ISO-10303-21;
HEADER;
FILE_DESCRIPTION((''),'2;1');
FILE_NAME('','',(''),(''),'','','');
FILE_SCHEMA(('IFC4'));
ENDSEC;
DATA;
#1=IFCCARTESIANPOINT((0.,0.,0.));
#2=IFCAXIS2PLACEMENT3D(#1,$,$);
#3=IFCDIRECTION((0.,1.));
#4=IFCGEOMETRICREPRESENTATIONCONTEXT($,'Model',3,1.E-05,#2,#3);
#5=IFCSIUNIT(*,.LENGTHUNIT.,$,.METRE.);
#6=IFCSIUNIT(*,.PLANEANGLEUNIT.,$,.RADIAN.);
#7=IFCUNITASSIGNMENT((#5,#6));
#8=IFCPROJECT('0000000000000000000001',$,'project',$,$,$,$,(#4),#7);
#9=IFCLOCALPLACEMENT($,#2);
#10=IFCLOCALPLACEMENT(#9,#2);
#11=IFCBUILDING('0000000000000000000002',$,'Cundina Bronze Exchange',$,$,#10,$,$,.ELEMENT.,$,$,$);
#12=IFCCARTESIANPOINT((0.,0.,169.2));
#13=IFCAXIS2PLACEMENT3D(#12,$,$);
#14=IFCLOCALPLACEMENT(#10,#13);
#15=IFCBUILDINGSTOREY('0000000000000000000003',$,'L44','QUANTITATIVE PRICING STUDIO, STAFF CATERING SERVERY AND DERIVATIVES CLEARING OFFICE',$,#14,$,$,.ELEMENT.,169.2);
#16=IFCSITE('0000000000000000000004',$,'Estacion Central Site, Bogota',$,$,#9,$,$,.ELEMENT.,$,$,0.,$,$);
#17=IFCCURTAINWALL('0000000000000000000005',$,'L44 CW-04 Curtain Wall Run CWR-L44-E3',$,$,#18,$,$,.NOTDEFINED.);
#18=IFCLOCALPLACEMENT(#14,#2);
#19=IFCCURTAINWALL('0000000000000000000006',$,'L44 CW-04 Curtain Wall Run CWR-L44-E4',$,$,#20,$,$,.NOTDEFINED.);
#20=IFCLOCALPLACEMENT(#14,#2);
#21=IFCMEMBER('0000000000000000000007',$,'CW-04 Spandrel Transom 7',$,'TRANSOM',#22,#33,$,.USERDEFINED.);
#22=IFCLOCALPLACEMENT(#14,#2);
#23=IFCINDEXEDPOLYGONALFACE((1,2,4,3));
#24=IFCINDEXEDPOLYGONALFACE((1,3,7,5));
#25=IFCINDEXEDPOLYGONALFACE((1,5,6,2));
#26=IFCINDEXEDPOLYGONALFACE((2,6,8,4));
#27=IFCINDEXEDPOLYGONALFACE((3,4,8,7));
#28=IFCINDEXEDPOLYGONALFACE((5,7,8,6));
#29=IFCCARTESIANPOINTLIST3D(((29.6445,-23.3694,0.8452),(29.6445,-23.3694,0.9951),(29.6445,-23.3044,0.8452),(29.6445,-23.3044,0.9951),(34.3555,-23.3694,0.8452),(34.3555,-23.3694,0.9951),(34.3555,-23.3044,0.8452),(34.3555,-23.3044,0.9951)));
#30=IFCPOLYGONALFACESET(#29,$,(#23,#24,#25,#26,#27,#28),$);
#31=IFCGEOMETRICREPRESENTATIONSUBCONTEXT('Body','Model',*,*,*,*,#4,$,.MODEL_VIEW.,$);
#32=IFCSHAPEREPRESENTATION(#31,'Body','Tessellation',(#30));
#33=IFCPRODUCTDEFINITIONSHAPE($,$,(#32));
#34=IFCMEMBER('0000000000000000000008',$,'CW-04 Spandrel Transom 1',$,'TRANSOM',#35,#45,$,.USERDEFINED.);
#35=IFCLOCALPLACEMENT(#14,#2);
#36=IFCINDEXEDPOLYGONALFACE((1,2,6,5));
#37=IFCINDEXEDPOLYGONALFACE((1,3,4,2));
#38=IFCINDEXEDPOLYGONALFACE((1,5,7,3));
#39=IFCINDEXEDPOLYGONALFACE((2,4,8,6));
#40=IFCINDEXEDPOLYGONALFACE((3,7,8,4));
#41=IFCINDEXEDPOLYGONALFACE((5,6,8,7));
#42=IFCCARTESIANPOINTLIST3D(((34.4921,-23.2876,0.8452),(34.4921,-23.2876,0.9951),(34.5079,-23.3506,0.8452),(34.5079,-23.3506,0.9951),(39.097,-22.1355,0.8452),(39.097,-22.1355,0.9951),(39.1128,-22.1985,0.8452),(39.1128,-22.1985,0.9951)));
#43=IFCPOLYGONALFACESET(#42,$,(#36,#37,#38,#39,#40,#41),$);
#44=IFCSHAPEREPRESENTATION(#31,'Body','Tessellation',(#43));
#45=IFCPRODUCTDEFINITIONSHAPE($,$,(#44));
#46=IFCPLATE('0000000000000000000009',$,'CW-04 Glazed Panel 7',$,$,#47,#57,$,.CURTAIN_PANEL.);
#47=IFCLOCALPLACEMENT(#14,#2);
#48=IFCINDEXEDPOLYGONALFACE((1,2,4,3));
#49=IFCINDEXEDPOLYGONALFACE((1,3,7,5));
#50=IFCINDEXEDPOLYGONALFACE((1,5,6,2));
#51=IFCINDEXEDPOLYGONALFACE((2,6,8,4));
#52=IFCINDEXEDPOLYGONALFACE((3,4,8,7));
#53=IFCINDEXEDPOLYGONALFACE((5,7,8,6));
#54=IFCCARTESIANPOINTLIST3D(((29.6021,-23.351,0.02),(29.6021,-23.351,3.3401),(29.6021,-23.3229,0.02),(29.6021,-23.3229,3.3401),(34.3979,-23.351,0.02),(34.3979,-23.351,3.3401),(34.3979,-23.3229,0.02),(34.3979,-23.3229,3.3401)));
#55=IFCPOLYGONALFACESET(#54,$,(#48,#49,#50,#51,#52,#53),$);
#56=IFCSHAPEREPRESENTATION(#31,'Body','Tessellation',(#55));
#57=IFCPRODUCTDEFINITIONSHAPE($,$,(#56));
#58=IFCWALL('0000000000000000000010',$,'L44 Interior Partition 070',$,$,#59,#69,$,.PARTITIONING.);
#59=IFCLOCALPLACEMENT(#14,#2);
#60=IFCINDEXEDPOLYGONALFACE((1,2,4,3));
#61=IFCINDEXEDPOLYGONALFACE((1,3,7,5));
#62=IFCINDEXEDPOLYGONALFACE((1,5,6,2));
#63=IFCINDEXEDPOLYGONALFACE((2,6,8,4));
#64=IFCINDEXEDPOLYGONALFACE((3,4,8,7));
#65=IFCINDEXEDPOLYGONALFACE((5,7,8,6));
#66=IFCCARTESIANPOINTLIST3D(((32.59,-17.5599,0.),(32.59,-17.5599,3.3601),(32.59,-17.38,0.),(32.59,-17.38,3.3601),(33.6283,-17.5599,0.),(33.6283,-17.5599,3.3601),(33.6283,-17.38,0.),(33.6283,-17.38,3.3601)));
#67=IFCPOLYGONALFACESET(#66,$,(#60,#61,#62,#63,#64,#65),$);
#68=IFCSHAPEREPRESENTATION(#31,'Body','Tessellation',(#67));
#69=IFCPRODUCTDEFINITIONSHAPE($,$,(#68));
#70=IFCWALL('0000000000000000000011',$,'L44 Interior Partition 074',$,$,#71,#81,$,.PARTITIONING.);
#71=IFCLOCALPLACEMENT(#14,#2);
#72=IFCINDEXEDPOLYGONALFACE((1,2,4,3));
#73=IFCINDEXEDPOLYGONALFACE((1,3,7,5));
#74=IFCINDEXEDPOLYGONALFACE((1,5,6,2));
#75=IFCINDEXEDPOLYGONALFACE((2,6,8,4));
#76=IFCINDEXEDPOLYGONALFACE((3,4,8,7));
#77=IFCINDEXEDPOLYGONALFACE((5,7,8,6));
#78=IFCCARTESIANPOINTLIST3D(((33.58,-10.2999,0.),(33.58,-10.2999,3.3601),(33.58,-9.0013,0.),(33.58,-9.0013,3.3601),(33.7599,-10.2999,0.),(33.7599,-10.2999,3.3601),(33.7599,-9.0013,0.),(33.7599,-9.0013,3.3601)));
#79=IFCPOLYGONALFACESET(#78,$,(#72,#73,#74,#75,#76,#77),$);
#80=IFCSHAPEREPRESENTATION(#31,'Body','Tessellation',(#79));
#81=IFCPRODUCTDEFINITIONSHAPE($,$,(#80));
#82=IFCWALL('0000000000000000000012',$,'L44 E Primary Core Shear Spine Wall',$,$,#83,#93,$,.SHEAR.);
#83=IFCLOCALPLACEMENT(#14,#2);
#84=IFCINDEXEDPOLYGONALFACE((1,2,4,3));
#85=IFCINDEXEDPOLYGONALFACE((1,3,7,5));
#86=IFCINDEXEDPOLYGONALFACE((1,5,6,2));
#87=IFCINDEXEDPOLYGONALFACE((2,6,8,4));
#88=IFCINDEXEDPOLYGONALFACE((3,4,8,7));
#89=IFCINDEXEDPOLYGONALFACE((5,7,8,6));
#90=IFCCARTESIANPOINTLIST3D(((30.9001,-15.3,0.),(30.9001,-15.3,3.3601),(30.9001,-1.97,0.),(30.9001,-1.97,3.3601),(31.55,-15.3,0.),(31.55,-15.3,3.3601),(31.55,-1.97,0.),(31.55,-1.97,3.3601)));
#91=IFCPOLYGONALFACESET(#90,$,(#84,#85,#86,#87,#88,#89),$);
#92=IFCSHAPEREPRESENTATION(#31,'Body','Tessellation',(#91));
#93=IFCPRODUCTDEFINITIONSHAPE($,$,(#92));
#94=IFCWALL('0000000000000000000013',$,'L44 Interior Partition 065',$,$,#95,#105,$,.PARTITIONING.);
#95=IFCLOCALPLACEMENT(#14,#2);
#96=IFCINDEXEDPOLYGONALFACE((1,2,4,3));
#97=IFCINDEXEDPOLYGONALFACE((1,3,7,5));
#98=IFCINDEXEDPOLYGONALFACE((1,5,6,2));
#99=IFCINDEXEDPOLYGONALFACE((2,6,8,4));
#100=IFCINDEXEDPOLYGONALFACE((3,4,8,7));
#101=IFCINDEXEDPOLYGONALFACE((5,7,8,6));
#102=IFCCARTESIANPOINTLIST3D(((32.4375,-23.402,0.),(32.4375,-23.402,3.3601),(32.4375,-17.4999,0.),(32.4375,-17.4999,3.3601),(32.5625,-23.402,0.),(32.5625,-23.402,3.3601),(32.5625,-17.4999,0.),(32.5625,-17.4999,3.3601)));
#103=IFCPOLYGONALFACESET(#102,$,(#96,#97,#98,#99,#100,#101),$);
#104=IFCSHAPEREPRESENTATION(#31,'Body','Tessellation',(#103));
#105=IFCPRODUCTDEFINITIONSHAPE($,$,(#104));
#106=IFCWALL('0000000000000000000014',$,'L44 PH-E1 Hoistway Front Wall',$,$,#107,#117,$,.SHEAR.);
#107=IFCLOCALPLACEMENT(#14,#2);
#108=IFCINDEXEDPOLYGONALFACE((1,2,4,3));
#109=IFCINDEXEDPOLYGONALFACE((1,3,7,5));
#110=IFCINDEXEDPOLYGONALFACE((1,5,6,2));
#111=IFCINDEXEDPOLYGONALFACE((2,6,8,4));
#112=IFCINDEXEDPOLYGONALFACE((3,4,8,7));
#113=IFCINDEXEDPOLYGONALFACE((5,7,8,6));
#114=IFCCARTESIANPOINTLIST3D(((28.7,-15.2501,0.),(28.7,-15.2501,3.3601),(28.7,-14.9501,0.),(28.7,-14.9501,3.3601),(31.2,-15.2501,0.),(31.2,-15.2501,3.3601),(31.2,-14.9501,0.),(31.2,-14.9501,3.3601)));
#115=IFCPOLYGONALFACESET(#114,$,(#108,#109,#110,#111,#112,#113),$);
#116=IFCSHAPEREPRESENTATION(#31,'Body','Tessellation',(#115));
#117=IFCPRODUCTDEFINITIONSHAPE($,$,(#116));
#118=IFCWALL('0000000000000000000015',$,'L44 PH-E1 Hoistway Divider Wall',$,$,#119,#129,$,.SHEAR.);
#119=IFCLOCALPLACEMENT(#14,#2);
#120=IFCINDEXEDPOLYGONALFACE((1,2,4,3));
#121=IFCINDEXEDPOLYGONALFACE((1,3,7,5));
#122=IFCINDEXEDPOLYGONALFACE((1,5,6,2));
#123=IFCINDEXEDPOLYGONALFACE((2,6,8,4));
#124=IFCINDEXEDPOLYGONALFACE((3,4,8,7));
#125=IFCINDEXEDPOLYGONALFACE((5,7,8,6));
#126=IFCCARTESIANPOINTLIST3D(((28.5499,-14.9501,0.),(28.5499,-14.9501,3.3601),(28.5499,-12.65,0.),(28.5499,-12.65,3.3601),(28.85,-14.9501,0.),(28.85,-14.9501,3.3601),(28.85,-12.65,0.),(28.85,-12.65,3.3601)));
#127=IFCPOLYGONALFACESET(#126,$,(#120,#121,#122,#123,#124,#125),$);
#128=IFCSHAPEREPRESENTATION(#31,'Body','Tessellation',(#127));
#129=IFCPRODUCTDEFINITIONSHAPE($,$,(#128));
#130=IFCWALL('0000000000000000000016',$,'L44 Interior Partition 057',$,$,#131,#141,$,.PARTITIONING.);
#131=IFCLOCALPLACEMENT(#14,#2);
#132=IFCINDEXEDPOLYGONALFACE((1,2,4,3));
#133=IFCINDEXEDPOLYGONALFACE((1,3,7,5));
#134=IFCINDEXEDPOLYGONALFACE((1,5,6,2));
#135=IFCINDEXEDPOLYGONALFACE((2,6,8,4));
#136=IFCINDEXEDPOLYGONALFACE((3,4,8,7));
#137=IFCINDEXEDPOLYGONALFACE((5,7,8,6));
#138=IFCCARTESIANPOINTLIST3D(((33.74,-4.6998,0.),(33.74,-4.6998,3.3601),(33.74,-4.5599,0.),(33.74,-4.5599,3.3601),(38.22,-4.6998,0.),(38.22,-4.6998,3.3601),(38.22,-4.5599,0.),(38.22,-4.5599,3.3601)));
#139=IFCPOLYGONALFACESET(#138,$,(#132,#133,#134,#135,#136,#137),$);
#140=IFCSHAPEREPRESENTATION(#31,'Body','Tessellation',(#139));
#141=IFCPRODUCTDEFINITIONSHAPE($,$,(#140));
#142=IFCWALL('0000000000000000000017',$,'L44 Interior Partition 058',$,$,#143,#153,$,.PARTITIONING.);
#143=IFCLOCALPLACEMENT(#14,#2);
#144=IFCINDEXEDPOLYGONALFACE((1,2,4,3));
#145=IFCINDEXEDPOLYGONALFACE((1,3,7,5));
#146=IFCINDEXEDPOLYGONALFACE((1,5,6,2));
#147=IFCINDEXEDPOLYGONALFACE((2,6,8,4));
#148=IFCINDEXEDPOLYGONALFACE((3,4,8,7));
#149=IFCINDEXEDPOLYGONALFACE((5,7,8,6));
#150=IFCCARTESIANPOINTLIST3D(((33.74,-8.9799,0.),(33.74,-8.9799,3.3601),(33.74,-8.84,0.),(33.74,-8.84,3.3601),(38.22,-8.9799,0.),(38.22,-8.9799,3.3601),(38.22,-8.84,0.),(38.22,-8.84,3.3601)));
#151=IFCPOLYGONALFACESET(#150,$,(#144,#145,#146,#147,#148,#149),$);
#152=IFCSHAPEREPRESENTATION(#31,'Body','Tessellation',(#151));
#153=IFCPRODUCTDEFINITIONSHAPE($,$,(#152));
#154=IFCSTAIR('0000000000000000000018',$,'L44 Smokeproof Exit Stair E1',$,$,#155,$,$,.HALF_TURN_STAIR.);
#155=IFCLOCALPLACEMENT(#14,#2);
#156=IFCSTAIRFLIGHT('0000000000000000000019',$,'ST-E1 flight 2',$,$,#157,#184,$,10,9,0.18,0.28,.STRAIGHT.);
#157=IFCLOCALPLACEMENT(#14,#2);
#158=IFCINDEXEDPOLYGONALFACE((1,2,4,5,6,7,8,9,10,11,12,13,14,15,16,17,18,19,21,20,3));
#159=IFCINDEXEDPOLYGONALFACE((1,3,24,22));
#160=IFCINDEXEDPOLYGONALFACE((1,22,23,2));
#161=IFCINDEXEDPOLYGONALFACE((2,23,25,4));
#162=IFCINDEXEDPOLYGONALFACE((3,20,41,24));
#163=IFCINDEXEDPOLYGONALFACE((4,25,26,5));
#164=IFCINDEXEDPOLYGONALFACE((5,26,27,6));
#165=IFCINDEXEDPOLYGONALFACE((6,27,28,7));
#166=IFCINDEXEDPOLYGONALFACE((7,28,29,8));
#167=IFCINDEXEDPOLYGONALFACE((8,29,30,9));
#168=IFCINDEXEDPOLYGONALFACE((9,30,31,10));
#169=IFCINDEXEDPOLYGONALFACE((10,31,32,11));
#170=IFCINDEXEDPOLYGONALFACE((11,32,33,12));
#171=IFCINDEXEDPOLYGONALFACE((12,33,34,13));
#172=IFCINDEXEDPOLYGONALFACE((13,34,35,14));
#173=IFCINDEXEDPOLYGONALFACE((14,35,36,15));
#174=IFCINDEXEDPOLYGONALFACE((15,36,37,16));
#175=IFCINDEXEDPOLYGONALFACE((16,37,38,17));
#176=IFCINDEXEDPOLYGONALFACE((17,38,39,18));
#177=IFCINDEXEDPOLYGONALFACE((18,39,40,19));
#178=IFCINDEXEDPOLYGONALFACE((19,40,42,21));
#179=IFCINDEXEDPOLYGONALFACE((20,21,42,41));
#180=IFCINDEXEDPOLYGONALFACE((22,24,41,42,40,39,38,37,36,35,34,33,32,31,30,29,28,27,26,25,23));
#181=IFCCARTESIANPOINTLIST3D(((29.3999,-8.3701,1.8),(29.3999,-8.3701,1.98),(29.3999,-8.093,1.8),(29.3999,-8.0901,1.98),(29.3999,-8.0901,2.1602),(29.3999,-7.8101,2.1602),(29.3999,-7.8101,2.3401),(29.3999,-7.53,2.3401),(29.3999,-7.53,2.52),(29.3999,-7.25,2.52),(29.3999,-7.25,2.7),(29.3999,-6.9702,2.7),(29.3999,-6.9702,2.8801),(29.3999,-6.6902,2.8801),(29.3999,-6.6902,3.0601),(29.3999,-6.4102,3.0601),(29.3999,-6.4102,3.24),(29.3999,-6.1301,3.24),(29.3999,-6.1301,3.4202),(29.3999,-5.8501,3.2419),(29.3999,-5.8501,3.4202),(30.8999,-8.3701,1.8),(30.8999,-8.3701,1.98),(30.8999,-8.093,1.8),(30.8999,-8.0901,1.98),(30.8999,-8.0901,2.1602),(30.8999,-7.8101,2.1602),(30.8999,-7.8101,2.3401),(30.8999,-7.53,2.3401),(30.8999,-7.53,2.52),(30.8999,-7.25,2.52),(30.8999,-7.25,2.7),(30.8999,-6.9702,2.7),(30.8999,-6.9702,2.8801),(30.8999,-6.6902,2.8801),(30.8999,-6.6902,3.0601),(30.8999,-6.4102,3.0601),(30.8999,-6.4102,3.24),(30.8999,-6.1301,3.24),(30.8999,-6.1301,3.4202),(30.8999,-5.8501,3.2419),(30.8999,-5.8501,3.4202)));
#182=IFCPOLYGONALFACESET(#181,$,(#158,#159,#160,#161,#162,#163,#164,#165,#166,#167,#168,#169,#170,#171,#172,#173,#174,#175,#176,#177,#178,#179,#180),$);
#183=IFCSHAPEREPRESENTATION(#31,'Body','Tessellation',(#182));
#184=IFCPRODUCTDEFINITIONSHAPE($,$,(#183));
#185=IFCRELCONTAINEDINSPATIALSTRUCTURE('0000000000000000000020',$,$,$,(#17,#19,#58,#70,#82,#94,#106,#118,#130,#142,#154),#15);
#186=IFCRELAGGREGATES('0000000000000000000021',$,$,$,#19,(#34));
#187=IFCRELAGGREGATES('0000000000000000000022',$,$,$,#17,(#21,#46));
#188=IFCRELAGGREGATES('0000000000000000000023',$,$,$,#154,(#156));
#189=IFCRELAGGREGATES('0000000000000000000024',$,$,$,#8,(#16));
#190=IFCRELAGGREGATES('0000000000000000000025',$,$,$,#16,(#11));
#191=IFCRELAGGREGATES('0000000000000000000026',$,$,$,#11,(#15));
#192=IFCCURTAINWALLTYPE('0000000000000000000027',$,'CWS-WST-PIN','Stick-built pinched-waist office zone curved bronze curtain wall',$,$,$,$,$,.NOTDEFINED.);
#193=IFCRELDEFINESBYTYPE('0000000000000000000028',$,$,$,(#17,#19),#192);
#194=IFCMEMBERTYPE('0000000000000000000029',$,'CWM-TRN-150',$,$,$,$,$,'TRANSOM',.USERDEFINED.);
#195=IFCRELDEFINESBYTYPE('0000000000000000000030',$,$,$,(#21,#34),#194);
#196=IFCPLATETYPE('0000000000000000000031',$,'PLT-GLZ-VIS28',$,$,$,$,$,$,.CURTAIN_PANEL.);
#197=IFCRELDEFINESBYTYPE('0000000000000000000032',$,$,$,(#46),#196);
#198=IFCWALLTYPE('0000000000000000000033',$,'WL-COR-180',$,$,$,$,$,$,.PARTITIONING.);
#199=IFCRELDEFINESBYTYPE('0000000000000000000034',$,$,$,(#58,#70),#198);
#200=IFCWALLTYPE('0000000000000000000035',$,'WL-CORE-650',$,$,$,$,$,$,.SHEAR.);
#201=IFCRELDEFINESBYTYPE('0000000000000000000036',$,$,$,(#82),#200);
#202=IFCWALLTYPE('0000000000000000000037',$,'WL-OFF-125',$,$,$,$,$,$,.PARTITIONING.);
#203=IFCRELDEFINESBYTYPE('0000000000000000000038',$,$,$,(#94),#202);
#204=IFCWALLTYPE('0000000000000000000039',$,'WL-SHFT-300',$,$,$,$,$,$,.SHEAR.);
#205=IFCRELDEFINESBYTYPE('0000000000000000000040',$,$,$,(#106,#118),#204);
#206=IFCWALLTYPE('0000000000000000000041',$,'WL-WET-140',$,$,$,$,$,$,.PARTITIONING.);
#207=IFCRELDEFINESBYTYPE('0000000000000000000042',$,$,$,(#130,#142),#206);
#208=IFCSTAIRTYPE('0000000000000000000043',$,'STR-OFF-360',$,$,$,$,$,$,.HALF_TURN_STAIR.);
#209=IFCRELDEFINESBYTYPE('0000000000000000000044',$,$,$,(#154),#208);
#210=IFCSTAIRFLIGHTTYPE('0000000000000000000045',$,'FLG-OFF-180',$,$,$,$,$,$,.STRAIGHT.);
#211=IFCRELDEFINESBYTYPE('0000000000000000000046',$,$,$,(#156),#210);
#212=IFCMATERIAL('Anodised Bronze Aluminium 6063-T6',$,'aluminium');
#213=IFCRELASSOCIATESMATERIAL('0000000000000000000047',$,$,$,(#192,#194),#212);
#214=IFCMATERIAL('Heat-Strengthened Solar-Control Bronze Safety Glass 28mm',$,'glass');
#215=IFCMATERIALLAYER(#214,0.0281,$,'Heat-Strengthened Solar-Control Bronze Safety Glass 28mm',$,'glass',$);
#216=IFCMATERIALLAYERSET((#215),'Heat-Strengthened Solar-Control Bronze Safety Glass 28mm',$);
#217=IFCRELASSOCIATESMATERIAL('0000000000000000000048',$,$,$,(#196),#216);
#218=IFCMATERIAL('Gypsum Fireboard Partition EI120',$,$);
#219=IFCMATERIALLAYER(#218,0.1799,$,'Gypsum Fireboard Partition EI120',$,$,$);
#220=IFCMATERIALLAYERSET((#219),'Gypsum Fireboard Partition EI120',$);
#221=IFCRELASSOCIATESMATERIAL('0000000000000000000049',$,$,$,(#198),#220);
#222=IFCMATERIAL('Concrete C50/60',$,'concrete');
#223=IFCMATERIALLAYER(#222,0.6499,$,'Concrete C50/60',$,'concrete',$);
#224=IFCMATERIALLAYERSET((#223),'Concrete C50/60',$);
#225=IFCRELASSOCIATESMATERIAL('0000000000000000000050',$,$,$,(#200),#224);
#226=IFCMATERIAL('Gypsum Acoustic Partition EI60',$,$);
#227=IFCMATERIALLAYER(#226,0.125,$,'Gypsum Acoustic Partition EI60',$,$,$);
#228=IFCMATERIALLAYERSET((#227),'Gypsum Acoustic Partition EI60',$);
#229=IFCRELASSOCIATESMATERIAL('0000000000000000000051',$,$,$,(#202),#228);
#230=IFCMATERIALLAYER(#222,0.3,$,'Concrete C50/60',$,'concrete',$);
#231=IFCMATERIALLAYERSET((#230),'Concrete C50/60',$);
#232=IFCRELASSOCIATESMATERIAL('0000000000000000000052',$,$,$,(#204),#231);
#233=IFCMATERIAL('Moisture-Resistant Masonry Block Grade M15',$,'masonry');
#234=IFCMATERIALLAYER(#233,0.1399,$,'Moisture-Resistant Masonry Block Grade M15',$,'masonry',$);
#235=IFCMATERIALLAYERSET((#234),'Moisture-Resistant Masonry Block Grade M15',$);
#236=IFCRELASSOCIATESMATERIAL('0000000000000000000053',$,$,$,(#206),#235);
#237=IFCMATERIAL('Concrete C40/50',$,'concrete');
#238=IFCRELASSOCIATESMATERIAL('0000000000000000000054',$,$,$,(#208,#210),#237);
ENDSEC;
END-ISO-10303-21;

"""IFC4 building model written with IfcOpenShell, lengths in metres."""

from ifc_helpers import new_model, si_unit, direction, frame, frame_2d, origin, origin_2d, place, context, subcontext, project, spatial, polyline, rectangle, outline, extrude, material, layer, layer_set, material_profile, profile_set, type_object, element, aggregate, save


model = new_model("IFC4")

# Units and contexts
model_context = context("Model", 3, precision=1e-05, world=origin(), true_north=direction((0.0, 1.0)))
body_context = subcontext(model_context, "Body", "Model", "MODEL_VIEW")
ifc_project = project(units=[si_unit("LENGTHUNIT", "METRE"), si_unit("PLANEANGLEUNIT", "RADIAN")], contexts=[model_context])

# Site, building, storey
site_placement = place(None, origin())
site = spatial("IfcSite", under=ifc_project, at=site_placement, Name="Estacion Central Site, Bogota", CompositionType="ELEMENT", RefElevation=0.0)
building_placement = place(site_placement, origin())
building = spatial("IfcBuilding", under=site, at=building_placement, Name="Cundina Bronze Exchange", CompositionType="ELEMENT")
storey_placement = place(building_placement, frame((0.0, 0.0, 169.2)))
storey = spatial("IfcBuildingStorey", under=building, at=storey_placement, Name="L44", Description="QUANTITATIVE PRICING STUDIO, STAFF CATERING SERVERY AND DERIVATIVES CLEARING OFFICE", CompositionType="ELEMENT", Elevation=169.2)

# Shared definitions
ifc_material_1 = material(Name="Concrete C50/60", Category="concrete")

# Curtain wall
ifc_material_2 = material(Name="Anodised Bronze Aluminium 6063-T6", Category="aluminium")
curtain_wall_type = type_object("IfcCurtainWallType", Name="CWS-WST-PIN", Description="Stick-built pinched-waist office zone curved bronze curtain wall", PredefinedType="NOTDEFINED", material=ifc_material_2)
curtain_wall_1_placement = place(storey_placement, origin())
curtain_wall_1 = element("IfcCurtainWall", 1, at=curtain_wall_1_placement, inside=storey, type_object=curtain_wall_type, Name="L44 CW-04 Curtain Wall Run CWR-L44-E3", PredefinedType="NOTDEFINED")

# Curtain wall
curtain_wall_2_placement = place(storey_placement, origin())
curtain_wall_2 = element("IfcCurtainWall", 2, at=curtain_wall_2_placement, inside=storey, type_object=curtain_wall_type, Name="L44 CW-04 Curtain Wall Run CWR-L44-E4", PredefinedType="NOTDEFINED")

# Members
ifc_material_profile_1 = material_profile(ifc_material_2, rectangle(XDim=0.0649, YDim=0.1499, at=origin_2d()), Name="AL65X150", Category="aluminium")
ifc_profile_set_1 = profile_set([ifc_material_profile_1], Name="Anodised Bronze Aluminium 6063-T6")
member_type_1 = type_object("IfcMemberType", Name="CWM-TRN-150", ElementType="TRANSOM", PredefinedType="USERDEFINED", material=ifc_profile_set_1)
member_1_placement = place(storey_placement, frame((29.6445, -23.3369, 0.9202), z_axis=(1.0, 0.0, 0.0), x_axis=(0.0, 1.0, 0.0)))
member_1 = element("IfcMember", 3, at=member_1_placement, type_object=member_type_1, Name="CW-04 Spandrel Transom 7", ObjectType="TRANSOM", PredefinedType="USERDEFINED", context=body_context, shape_type="SweptSolid", body=[
    extrude(rectangle(XDim=0.0649, YDim=0.1499, at=origin_2d()), origin(), (0.0, 0.0, 1.0), 4.7109),
])
member_2_placement = place(storey_placement, frame((34.5, -23.3191, 0.9202), z_axis=(0.9701, 0.242705, 0.0), x_axis=(-0.242705, 0.9701, 0.0)))
member_2 = element("IfcMember", 4, at=member_2_placement, type_object=member_type_1, Name="CW-04 Spandrel Transom 1", ObjectType="TRANSOM", PredefinedType="USERDEFINED", context=body_context, shape_type="SweptSolid", body=[
    extrude(rectangle(XDim=0.0649, YDim=0.1499, at=origin_2d()), origin(), (0.0, 0.0, 1.0), 4.7468),
])
aggregate(curtain_wall_2, [member_2])

# Plate
ifc_material_3 = material(Name="Heat-Strengthened Solar-Control Bronze Safety Glass 28mm", Category="glass")
ifc_layer_1 = layer(ifc_material_3, 0.0281, Name="Heat-Strengthened Solar-Control Bronze Safety Glass 28mm", Category="glass")
ifc_layer_set_1 = layer_set([ifc_layer_1], Name="Heat-Strengthened Solar-Control Bronze Safety Glass 28mm")
plate_type = type_object("IfcPlateType", Name="PLT-GLZ-VIS28", PredefinedType="CURTAIN_PANEL", material=ifc_layer_set_1)
plate_placement = place(storey_placement, frame((32.0, -23.3369, 0.02), z_axis=(0.0, 0.0, 1.0), x_axis=(1.0, 0.0, 0.0)))
plate = element("IfcPlate", 5, at=plate_placement, type_object=plate_type, Name="CW-04 Glazed Panel 7", PredefinedType="CURTAIN_PANEL", context=body_context, shape_type="SweptSolid", body=[
    extrude(rectangle(XDim=4.7959, YDim=0.0281, at=origin_2d()), origin(), (0.0, 0.0, 1.0), 3.3201),
])
aggregate(curtain_wall_1, [member_1, plate])

# Shared definitions
ifc_material_4 = material(Name="Gypsum Fireboard Partition EI120")
ifc_layer_2 = layer(ifc_material_4, 0.1799, Name="Gypsum Fireboard Partition EI120")
ifc_layer_set_2 = layer_set([ifc_layer_2], Name="Gypsum Fireboard Partition EI120")
wall_type_1 = type_object("IfcWallType", Name="WL-COR-180", PredefinedType="PARTITIONING", material=ifc_layer_set_2)

# Walls
wall_1_placement = place(storey_placement, frame((32.5901, -17.47, 0.0), z_axis=(0.0, 0.0, 1.0), x_axis=(1.0, 0.0, 0.0)))
element("IfcWall", 6, at=wall_1_placement, inside=storey, type_object=wall_type_1, Name="L44 Interior Partition 070", PredefinedType="PARTITIONING", context=body_context, shape_type="SweptSolid", body=[
    extrude(rectangle(XDim=1.0383, YDim=0.1799, at=frame_2d((0.519, 0.0))), origin(), (0.0, 0.0, 1.0), 3.3601),
])
wall_2_placement = place(storey_placement, frame((33.6699, -10.3, 0.0), z_axis=(0.0, 0.0, 1.0), x_axis=(0.0, 1.0, 0.0)))
element("IfcWall", 7, at=wall_2_placement, inside=storey, type_object=wall_type_1, Name="L44 Interior Partition 074", PredefinedType="PARTITIONING", context=body_context, shape_type="SweptSolid", body=[
    extrude(rectangle(XDim=1.2986, YDim=0.1799, at=frame_2d((0.6494, 0.0))), origin(), (0.0, 0.0, 1.0), 3.3601),
])
ifc_layer_3 = layer(ifc_material_1, 0.6499, Name="Concrete C50/60", Category="concrete")
ifc_layer_set_3 = layer_set([ifc_layer_3], Name="Concrete C50/60")
wall_type_2 = type_object("IfcWallType", Name="WL-CORE-650", PredefinedType="SHEAR", material=ifc_layer_set_3)
wall_3_placement = place(storey_placement, frame((31.2251, -15.3, 0.0), z_axis=(0.0, 0.0, 1.0), x_axis=(0.0, 1.0, 0.0)))
element("IfcWall", 8, at=wall_3_placement, inside=storey, type_object=wall_type_2, Name="L44 E Primary Core Shear Spine Wall", PredefinedType="SHEAR", context=body_context, shape_type="SweptSolid", body=[
    extrude(rectangle(XDim=13.3301, YDim=0.6499, at=frame_2d((6.665, 0.0))), origin(), (0.0, 0.0, 1.0), 3.3601),
])
ifc_material_5 = material(Name="Gypsum Acoustic Partition EI60")
ifc_layer_4 = layer(ifc_material_5, 0.125, Name="Gypsum Acoustic Partition EI60")
ifc_layer_set_4 = layer_set([ifc_layer_4], Name="Gypsum Acoustic Partition EI60")
wall_type_3 = type_object("IfcWallType", Name="WL-OFF-125", PredefinedType="PARTITIONING", material=ifc_layer_set_4)
wall_4_placement = place(storey_placement, frame((32.5, -23.4021, 0.0), z_axis=(0.0, 0.0, 1.0), x_axis=(0.0, 1.0, 0.0)))
element("IfcWall", 9, at=wall_4_placement, inside=storey, type_object=wall_type_3, Name="L44 Interior Partition 065", PredefinedType="PARTITIONING", context=body_context, shape_type="SweptSolid", body=[
    extrude(rectangle(XDim=5.9021, YDim=0.125, at=frame_2d((2.9512, 0.0))), origin(), (0.0, 0.0, 1.0), 3.3601),
])
ifc_layer_5 = layer(ifc_material_1, 0.3, Name="Concrete C50/60", Category="concrete")
ifc_layer_set_5 = layer_set([ifc_layer_5], Name="Concrete C50/60")
wall_type_4 = type_object("IfcWallType", Name="WL-SHFT-300", PredefinedType="SHEAR", material=ifc_layer_set_5)
wall_5_placement = place(storey_placement, frame((28.7, -15.1001, 0.0), z_axis=(0.0, 0.0, 1.0), x_axis=(1.0, 0.0, 0.0)))
element("IfcWall", 10, at=wall_5_placement, inside=storey, type_object=wall_type_4, Name="L44 PH-E1 Hoistway Front Wall", PredefinedType="SHEAR", context=body_context, shape_type="SweptSolid", body=[
    extrude(rectangle(XDim=2.5, YDim=0.3, at=frame_2d((1.25, 0.0))), origin(), (0.0, 0.0, 1.0), 3.3601),
])
wall_6_placement = place(storey_placement, frame((28.7, -14.95, 0.0), z_axis=(0.0, 0.0, 1.0), x_axis=(0.0, 1.0, 0.0)))
element("IfcWall", 11, at=wall_6_placement, inside=storey, type_object=wall_type_4, Name="L44 PH-E1 Hoistway Divider Wall", PredefinedType="SHEAR", context=body_context, shape_type="SweptSolid", body=[
    extrude(rectangle(XDim=2.3, YDim=0.3, at=frame_2d((1.1499, 0.0))), origin(), (0.0, 0.0, 1.0), 3.3601),
])
ifc_material_6 = material(Name="Moisture-Resistant Masonry Block Grade M15", Category="masonry")
ifc_layer_6 = layer(ifc_material_6, 0.1399, Name="Moisture-Resistant Masonry Block Grade M15", Category="masonry")
ifc_layer_set_6 = layer_set([ifc_layer_6], Name="Moisture-Resistant Masonry Block Grade M15")
wall_type_5 = type_object("IfcWallType", Name="WL-WET-140", PredefinedType="PARTITIONING", material=ifc_layer_set_6)
for number, where, z_axis, x_axis, name in (
    (12, (33.74, -4.6299, 0.0), (0.0, 0.0, 1.0), (1.0, 0.0, 0.0), "L44 Interior Partition 057"),
    (13, (33.74, -8.9099, 0.0), (0.0, 0.0, 1.0), (1.0, 0.0, 0.0), "L44 Interior Partition 058"),
):
    element("IfcWall", number, at=place(storey_placement, frame(where, z_axis=z_axis, x_axis=x_axis)), inside=storey, type_object=wall_type_5, Name=name, PredefinedType="PARTITIONING", context=body_context, shape_type="SweptSolid", body=[
        extrude(rectangle(XDim=4.48, YDim=0.1399, at=frame_2d((2.24, 0.0))), origin(), (0.0, 0.0, 1.0), 3.3601),
    ])

# Stair, stair flight
ifc_material_7 = material(Name="Concrete C40/50", Category="concrete")
stair_type = type_object("IfcStairType", Name="STR-OFF-360", PredefinedType="HALF_TURN_STAIR", material=ifc_material_7)
stair_placement = place(storey_placement, origin())
stair = element("IfcStair", 14, at=stair_placement, inside=storey, type_object=stair_type, Name="L44 Smokeproof Exit Stair E1", PredefinedType="HALF_TURN_STAIR")
stair_flight_type = type_object("IfcStairFlightType", Name="FLG-OFF-180", PredefinedType="STRAIGHT", material=ifc_material_7)
stair_flight_placement = place(storey_placement, frame((30.1499, -8.3701, 1.8), z_axis=(0.0, 0.0, 1.0), x_axis=(0.0, 1.0, 0.0)))
stair_flight = element("IfcStairFlight", 15, at=stair_flight_placement, type_object=stair_flight_type, Name="ST-E1 flight 2", NumberOfRisers=10, NumberOfTreads=9, PredefinedType="STRAIGHT", RiserHeight=0.18, TreadLength=0.28, context=body_context, shape_type="SweptSolid", body=[
    extrude(outline(polyline([(0.0, 0.0), (0.0, 0.1799), (0.28, 0.1799), (0.28, 0.3601), (0.5601, 0.3601), (0.5601, 0.54), (0.8401, 0.54), (0.8401, 0.72), (1.1201, 0.72), (1.1201, 0.8999), (1.3999, 0.8999), (1.3999, 1.0801), (1.6799, 1.0801), (1.6799, 1.26), (1.96, 1.26), (1.96, 1.4399), (2.24, 1.4399), (2.24, 1.6201), (2.52, 1.6201), (2.52, 1.8), (2.52, 1.4419), (0.2771, 0.0), (0.0, 0.0)])), frame((0.0, 0.75, 0.0), z_axis=(0.0, -1.0, 0.0), x_axis=(1.0, 0.0, 0.0)), (0.0, 0.0, 1.0), 1.5),
])
aggregate(stair, [stair_flight])

save(model, "model.ifc")
